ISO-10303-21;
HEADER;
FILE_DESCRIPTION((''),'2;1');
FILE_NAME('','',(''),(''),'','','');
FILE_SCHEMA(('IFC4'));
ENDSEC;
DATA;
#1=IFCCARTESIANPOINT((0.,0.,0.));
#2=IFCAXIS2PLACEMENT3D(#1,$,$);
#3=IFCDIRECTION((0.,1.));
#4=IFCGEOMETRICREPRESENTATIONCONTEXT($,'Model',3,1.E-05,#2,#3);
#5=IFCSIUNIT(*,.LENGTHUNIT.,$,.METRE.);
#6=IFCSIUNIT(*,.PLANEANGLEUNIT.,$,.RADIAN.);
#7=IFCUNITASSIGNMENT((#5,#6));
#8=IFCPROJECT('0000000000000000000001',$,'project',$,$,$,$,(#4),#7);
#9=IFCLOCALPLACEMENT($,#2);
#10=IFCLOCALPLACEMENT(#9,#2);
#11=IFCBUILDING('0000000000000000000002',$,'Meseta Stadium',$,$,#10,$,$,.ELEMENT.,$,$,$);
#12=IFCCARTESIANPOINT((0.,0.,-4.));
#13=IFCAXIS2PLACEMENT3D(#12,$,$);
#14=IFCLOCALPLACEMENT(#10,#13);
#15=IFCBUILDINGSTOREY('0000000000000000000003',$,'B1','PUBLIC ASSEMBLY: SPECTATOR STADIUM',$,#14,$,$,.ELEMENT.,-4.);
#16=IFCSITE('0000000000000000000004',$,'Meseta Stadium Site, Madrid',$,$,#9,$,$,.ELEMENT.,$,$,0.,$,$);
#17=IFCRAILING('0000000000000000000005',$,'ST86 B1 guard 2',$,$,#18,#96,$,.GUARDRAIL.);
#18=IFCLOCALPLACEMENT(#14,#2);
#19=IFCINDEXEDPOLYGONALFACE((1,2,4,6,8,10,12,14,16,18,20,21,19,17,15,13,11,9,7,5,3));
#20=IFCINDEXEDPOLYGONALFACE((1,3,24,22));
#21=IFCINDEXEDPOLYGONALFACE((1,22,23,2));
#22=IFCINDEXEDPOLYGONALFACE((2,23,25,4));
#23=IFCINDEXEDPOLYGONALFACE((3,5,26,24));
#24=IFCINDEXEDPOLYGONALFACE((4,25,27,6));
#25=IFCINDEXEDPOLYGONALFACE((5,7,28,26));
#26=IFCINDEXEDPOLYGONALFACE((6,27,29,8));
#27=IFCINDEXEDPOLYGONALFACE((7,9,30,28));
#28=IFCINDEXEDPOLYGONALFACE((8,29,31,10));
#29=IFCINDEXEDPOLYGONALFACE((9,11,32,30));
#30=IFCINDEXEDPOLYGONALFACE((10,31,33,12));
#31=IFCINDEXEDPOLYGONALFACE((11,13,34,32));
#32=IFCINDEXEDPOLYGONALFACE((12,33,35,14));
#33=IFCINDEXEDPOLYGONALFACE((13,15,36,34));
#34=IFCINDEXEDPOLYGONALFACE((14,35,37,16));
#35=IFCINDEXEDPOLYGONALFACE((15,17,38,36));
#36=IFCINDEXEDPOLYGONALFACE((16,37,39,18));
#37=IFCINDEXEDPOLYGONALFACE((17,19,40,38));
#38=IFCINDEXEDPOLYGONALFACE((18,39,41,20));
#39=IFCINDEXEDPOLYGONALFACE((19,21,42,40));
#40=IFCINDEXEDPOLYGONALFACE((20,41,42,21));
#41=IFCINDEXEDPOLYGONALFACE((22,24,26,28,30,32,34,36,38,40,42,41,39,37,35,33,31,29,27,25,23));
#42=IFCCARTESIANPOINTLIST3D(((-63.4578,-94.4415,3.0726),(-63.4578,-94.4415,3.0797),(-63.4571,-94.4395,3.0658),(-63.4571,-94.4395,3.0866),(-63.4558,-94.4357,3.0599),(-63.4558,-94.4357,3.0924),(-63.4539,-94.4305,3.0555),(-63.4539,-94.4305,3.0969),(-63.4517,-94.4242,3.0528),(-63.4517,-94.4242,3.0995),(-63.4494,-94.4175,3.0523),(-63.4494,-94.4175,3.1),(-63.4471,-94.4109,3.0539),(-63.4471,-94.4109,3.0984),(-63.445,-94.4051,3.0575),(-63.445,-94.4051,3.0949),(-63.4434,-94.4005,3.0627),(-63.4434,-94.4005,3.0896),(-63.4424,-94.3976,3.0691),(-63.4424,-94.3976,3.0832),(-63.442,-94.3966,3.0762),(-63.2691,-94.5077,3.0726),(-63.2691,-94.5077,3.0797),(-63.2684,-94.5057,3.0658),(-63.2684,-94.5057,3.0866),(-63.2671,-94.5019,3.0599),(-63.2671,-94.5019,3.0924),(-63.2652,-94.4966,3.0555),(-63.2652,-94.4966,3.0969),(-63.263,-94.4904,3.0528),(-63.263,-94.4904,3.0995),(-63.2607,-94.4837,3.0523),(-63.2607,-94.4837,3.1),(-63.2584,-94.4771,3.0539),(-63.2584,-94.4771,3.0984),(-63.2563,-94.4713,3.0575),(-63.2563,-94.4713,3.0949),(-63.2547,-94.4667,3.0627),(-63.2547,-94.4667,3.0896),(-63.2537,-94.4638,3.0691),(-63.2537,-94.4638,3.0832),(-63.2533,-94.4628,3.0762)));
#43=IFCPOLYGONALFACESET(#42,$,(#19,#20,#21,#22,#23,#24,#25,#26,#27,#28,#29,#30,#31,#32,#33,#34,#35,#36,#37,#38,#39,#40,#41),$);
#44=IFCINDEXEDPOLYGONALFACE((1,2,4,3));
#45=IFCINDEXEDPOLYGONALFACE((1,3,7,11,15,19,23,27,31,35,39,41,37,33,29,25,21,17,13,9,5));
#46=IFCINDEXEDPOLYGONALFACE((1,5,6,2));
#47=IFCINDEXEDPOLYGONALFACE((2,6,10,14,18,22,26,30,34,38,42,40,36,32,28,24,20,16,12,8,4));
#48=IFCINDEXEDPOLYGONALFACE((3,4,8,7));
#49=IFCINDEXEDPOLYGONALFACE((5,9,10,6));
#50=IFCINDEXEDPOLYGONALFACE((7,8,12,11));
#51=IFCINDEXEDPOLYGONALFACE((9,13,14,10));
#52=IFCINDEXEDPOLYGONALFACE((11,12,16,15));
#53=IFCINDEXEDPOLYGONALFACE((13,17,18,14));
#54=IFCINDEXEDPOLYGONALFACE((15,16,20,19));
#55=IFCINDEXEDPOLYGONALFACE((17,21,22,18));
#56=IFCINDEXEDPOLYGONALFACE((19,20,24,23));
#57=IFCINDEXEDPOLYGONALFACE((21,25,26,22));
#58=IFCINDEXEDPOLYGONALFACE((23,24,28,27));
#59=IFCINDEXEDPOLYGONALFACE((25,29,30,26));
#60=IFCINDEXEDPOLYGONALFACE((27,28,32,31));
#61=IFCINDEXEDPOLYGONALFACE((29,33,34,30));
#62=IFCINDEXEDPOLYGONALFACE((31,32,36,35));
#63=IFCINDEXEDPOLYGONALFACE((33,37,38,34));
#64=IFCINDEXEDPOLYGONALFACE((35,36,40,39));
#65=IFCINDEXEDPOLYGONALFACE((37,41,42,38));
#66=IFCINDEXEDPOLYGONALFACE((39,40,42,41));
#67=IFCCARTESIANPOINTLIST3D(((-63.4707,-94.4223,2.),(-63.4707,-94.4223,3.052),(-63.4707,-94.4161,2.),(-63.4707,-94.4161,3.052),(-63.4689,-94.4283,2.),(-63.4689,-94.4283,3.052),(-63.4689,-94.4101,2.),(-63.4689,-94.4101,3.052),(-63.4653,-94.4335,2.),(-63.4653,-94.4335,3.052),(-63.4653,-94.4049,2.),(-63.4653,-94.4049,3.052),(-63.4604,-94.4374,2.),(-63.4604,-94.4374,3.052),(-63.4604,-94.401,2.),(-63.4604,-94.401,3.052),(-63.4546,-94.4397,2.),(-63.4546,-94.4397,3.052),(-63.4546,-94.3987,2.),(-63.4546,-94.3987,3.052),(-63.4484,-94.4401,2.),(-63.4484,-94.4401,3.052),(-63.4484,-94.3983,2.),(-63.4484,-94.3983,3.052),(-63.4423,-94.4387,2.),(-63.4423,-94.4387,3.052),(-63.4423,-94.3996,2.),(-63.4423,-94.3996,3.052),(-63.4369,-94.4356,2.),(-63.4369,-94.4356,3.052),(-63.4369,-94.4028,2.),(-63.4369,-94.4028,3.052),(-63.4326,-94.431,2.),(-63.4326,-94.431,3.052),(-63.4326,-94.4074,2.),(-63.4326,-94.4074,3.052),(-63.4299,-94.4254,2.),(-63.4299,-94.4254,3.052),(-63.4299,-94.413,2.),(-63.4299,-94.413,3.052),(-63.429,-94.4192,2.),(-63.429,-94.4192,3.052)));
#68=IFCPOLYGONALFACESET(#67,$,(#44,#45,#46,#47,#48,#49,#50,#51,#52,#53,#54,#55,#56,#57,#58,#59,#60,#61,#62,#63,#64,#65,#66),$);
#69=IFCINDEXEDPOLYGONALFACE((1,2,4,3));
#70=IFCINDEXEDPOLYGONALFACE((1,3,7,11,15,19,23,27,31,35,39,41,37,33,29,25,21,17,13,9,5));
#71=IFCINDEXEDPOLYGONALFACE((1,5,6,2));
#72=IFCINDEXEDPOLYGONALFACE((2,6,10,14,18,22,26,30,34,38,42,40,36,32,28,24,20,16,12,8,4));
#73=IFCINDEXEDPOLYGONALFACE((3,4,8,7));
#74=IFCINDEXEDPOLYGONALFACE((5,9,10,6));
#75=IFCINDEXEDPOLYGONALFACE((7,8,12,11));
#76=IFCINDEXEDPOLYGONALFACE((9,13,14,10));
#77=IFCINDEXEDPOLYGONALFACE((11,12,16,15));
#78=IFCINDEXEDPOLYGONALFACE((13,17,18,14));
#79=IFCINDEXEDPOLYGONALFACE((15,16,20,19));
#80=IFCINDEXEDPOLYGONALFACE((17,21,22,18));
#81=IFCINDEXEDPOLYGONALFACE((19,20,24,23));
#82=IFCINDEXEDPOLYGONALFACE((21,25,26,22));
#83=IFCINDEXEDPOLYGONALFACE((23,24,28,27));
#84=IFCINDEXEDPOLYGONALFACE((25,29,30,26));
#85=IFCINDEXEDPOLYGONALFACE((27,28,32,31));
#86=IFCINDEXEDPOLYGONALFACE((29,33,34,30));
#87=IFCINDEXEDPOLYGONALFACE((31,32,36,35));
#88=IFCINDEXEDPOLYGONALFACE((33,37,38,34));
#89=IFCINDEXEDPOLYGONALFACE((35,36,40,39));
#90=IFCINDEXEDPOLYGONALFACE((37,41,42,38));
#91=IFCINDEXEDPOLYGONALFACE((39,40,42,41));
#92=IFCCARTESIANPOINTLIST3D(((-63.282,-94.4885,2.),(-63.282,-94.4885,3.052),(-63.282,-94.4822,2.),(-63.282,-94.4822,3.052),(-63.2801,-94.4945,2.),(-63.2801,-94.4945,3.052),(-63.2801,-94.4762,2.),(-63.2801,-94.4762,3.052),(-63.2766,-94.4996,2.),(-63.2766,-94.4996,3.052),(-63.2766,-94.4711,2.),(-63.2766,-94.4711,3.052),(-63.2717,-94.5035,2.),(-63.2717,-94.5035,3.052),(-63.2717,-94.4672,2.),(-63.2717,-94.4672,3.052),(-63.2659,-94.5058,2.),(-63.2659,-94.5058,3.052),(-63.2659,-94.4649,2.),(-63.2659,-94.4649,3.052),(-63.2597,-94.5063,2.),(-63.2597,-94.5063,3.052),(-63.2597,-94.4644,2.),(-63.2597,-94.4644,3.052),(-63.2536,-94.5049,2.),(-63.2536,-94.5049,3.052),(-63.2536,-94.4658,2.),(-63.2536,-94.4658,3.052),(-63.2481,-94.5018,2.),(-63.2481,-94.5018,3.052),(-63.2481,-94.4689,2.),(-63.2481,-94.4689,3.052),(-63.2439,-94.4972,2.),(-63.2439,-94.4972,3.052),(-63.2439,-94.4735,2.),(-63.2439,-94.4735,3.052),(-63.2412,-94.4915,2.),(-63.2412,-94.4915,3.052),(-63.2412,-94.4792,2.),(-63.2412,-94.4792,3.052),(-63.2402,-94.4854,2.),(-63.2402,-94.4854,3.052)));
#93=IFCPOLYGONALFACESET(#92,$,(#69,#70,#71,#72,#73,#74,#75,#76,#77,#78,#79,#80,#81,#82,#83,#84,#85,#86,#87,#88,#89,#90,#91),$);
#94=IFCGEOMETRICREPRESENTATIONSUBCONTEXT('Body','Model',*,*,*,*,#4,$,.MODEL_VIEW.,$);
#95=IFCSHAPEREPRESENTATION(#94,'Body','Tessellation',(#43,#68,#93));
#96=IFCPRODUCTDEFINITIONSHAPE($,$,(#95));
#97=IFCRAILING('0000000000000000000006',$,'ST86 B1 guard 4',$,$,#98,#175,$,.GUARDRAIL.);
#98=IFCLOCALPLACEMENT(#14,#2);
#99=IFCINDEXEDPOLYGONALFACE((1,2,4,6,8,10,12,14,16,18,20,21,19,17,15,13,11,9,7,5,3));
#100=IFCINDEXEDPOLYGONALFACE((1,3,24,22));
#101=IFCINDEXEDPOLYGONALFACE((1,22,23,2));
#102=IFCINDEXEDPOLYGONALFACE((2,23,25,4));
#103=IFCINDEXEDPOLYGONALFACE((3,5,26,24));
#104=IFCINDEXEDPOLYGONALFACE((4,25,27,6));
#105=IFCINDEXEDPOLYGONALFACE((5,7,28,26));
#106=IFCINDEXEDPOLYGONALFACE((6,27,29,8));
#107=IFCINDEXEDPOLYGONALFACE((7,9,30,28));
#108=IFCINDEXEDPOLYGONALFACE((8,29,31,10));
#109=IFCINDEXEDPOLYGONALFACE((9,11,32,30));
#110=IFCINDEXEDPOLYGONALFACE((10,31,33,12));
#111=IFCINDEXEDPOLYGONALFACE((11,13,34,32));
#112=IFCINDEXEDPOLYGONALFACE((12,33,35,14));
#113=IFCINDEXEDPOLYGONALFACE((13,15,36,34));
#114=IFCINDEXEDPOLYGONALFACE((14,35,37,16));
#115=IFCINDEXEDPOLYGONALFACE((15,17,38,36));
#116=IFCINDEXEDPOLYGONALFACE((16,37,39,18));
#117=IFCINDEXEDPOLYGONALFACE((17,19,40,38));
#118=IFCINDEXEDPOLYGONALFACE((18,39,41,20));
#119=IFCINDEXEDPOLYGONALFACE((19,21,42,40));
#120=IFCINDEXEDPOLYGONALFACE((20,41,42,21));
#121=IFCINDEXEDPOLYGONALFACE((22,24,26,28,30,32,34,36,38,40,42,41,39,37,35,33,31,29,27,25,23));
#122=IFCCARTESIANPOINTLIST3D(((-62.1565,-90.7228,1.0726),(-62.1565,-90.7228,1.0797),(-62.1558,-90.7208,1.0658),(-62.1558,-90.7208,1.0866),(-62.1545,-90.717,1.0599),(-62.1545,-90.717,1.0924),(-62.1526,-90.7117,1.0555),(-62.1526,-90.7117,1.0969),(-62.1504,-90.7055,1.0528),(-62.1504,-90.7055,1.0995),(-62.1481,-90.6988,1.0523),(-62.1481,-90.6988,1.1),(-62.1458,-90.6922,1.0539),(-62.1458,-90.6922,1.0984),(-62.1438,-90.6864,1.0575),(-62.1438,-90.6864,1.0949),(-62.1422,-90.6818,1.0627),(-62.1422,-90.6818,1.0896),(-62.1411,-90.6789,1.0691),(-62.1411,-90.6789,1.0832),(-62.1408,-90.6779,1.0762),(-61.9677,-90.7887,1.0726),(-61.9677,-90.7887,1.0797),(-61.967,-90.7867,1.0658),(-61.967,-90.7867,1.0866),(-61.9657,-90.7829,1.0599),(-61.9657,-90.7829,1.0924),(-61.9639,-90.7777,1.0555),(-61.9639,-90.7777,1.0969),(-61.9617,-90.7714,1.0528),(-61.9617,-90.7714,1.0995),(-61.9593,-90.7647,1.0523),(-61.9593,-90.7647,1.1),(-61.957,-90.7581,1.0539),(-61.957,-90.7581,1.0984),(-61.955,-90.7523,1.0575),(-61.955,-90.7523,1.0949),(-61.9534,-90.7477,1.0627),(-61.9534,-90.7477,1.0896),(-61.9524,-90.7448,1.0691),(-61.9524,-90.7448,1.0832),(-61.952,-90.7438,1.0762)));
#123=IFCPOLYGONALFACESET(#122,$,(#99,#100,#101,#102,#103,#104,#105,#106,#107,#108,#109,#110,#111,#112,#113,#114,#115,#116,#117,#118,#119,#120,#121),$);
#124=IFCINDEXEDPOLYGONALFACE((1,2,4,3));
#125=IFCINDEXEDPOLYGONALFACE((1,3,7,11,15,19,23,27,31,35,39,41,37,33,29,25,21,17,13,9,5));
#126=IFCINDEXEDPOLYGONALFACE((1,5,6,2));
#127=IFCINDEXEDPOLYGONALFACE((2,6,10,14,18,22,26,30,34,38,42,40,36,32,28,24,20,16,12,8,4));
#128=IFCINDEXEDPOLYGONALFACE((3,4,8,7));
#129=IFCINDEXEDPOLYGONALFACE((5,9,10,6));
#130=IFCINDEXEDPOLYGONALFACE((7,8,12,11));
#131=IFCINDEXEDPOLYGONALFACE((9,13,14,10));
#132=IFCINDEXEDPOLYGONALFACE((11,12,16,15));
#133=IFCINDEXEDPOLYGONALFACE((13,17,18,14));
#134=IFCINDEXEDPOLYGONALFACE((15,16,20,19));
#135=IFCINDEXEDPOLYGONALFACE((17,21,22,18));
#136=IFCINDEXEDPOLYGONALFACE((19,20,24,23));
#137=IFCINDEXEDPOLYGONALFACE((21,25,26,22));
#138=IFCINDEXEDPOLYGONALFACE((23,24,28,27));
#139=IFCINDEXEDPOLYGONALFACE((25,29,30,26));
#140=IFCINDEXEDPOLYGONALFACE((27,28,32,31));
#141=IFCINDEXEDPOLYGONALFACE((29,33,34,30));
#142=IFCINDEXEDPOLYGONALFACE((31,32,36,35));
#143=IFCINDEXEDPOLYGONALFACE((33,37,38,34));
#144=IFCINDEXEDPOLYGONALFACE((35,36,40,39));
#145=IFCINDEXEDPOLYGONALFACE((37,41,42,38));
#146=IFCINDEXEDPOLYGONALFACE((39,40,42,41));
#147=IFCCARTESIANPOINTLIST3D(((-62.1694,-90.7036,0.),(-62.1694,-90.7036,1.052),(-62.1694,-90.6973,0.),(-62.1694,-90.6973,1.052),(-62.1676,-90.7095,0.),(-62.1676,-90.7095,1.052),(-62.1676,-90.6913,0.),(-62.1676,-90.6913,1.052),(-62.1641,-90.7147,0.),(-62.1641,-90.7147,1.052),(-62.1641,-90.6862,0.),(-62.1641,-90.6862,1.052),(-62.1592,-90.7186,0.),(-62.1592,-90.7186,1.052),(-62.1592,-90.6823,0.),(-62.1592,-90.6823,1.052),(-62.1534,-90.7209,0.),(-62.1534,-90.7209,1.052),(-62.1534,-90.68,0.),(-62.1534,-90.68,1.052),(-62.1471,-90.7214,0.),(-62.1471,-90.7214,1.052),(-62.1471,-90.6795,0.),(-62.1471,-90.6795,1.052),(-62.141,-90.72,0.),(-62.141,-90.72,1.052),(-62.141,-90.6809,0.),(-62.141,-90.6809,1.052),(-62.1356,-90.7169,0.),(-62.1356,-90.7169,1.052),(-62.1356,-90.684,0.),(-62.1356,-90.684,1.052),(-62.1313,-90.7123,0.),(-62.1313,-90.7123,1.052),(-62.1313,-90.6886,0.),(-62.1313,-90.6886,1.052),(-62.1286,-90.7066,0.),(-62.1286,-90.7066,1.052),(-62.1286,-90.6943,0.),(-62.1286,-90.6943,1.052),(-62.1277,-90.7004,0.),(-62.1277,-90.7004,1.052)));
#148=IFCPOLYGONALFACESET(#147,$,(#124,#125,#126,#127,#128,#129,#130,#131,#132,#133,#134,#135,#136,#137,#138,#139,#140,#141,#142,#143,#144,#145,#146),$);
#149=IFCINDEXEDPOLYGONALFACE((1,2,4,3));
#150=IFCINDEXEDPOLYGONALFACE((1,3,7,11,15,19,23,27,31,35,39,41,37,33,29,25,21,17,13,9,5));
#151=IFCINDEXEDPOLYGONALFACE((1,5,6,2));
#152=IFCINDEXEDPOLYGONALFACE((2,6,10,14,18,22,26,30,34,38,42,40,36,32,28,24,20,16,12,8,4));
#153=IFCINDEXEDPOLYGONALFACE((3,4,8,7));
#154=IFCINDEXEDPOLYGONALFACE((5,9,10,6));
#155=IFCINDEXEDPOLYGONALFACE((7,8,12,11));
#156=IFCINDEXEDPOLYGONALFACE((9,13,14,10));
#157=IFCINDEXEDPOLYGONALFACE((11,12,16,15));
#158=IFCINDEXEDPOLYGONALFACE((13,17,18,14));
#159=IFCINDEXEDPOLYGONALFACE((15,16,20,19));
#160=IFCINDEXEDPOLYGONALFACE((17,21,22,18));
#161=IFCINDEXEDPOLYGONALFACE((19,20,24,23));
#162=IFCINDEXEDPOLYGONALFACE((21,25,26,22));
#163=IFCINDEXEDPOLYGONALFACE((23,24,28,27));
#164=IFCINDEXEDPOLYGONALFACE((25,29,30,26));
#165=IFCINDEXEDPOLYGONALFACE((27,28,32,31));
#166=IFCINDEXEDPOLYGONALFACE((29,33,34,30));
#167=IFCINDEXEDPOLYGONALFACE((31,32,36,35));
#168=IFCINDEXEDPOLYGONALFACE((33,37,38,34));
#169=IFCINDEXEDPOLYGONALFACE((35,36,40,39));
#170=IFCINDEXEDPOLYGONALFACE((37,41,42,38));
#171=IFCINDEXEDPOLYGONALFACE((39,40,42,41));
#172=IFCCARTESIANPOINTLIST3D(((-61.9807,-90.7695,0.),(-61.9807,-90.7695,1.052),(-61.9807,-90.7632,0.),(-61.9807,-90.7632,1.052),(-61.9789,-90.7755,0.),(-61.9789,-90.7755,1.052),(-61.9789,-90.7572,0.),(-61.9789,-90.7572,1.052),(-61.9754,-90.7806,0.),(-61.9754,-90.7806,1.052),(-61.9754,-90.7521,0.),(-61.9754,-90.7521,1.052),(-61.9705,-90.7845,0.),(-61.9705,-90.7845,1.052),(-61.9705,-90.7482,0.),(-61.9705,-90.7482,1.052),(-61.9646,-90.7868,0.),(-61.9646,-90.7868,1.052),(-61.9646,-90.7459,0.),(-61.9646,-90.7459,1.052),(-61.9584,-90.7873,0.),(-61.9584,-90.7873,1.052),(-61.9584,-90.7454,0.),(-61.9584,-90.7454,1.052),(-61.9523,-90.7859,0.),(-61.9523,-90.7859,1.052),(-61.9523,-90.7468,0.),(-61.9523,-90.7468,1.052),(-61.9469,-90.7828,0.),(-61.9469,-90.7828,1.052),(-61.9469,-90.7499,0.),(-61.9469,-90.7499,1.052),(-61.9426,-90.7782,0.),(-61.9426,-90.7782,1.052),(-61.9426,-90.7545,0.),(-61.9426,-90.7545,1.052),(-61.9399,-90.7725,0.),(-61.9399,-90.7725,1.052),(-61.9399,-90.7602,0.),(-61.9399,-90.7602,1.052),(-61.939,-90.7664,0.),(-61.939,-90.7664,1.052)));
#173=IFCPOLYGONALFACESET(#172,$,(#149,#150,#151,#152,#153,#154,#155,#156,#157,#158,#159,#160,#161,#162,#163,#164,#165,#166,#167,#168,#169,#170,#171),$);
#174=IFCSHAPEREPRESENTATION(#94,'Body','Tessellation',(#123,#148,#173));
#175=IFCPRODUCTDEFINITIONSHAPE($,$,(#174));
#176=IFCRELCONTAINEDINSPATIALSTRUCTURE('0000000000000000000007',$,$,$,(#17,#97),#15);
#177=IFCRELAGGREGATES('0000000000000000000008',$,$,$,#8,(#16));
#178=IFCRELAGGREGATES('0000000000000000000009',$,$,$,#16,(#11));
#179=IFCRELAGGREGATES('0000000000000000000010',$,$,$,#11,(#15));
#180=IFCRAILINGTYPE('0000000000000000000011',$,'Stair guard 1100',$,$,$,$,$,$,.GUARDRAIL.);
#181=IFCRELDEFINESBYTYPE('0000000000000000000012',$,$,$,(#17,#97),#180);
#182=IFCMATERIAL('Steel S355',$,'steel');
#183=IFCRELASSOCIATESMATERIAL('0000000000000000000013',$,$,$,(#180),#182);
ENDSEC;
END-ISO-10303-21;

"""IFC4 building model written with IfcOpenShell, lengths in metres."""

from ifc_helpers import new_model, si_unit, direction, frame, origin, origin_2d, place, context, subcontext, project, spatial, circle, extrude, material, type_object, element, save


model = new_model("IFC4")

# Units and contexts
model_context = context("Model", 3, precision=1e-05, world=origin(), true_north=direction((0.0, 1.0)))
body_context = subcontext(model_context, "Body", "Model", "MODEL_VIEW")
ifc_project = project(units=[si_unit("LENGTHUNIT", "METRE"), si_unit("PLANEANGLEUNIT", "RADIAN")], contexts=[model_context])

# Site, building, storey
site_placement = place(None, origin())
site = spatial("IfcSite", under=ifc_project, at=site_placement, Name="Meseta Stadium Site, Madrid", CompositionType="ELEMENT", RefElevation=0.0)
building_placement = place(site_placement, origin())
building = spatial("IfcBuilding", under=site, at=building_placement, Name="Meseta Stadium", CompositionType="ELEMENT")
storey_placement = place(building_placement, frame((0.0, 0.0, -4.0)))
storey = spatial("IfcBuildingStorey", under=building, at=storey_placement, Name="B1", Description="PUBLIC ASSEMBLY: SPECTATOR STADIUM", CompositionType="ELEMENT", Elevation=-4.0)

# Railings
ifc_material_1 = material(Name="Steel S355", Category="steel")
railing_type_1 = type_object("IfcRailingType", Name="Stair guard 1100", PredefinedType="GUARDRAIL", material=ifc_material_1)
railing_1_placement = place(storey_placement, frame((-63.45, -94.4192, 2.0)))
element("IfcRailing", 1, at=railing_1_placement, inside=storey, type_object=railing_type_1, Name="ST86 B1 guard 2", PredefinedType="GUARDRAIL", context=body_context, shape_type="SweptSolid", body=[
    extrude(circle(Radius=0.0239, at=origin_2d()), frame((0.0, 0.0, 1.0762), z_axis=(0.943687, -0.33084, 0.0), x_axis=(0.33084, 0.943687, 0.0)), (0.0, 0.0, 1.0), 0.2),
    extrude(circle(Radius=0.021, at=origin_2d()), origin(), (0.0, 0.0, 1.0), 1.052),
    extrude(circle(Radius=0.021, at=origin_2d()), frame((0.1887, -0.0662, 0.0)), (0.0, 0.0, 1.0), 1.052),
])
railing_2_placement = place(storey_placement, frame((-62.1487, -90.7004, 0.0)))
element("IfcRailing", 2, at=railing_2_placement, inside=storey, type_object=railing_type_1, Name="ST86 B1 guard 4", PredefinedType="GUARDRAIL", context=body_context, shape_type="SweptSolid", body=[
    extrude(circle(Radius=0.0239, at=origin_2d()), frame((0.0, 0.0, 1.0762), z_axis=(0.944068, -0.329752, 0.0), x_axis=(0.329752, 0.944068, 0.0)), (0.0, 0.0, 1.0), 0.2),
    extrude(circle(Radius=0.021, at=origin_2d()), origin(), (0.0, 0.0, 1.0), 1.052),
    extrude(circle(Radius=0.021, at=origin_2d()), frame((0.1887, -0.0659, 0.0)), (0.0, 0.0, 1.0), 1.052),
])

save(model, "model.ifc")
